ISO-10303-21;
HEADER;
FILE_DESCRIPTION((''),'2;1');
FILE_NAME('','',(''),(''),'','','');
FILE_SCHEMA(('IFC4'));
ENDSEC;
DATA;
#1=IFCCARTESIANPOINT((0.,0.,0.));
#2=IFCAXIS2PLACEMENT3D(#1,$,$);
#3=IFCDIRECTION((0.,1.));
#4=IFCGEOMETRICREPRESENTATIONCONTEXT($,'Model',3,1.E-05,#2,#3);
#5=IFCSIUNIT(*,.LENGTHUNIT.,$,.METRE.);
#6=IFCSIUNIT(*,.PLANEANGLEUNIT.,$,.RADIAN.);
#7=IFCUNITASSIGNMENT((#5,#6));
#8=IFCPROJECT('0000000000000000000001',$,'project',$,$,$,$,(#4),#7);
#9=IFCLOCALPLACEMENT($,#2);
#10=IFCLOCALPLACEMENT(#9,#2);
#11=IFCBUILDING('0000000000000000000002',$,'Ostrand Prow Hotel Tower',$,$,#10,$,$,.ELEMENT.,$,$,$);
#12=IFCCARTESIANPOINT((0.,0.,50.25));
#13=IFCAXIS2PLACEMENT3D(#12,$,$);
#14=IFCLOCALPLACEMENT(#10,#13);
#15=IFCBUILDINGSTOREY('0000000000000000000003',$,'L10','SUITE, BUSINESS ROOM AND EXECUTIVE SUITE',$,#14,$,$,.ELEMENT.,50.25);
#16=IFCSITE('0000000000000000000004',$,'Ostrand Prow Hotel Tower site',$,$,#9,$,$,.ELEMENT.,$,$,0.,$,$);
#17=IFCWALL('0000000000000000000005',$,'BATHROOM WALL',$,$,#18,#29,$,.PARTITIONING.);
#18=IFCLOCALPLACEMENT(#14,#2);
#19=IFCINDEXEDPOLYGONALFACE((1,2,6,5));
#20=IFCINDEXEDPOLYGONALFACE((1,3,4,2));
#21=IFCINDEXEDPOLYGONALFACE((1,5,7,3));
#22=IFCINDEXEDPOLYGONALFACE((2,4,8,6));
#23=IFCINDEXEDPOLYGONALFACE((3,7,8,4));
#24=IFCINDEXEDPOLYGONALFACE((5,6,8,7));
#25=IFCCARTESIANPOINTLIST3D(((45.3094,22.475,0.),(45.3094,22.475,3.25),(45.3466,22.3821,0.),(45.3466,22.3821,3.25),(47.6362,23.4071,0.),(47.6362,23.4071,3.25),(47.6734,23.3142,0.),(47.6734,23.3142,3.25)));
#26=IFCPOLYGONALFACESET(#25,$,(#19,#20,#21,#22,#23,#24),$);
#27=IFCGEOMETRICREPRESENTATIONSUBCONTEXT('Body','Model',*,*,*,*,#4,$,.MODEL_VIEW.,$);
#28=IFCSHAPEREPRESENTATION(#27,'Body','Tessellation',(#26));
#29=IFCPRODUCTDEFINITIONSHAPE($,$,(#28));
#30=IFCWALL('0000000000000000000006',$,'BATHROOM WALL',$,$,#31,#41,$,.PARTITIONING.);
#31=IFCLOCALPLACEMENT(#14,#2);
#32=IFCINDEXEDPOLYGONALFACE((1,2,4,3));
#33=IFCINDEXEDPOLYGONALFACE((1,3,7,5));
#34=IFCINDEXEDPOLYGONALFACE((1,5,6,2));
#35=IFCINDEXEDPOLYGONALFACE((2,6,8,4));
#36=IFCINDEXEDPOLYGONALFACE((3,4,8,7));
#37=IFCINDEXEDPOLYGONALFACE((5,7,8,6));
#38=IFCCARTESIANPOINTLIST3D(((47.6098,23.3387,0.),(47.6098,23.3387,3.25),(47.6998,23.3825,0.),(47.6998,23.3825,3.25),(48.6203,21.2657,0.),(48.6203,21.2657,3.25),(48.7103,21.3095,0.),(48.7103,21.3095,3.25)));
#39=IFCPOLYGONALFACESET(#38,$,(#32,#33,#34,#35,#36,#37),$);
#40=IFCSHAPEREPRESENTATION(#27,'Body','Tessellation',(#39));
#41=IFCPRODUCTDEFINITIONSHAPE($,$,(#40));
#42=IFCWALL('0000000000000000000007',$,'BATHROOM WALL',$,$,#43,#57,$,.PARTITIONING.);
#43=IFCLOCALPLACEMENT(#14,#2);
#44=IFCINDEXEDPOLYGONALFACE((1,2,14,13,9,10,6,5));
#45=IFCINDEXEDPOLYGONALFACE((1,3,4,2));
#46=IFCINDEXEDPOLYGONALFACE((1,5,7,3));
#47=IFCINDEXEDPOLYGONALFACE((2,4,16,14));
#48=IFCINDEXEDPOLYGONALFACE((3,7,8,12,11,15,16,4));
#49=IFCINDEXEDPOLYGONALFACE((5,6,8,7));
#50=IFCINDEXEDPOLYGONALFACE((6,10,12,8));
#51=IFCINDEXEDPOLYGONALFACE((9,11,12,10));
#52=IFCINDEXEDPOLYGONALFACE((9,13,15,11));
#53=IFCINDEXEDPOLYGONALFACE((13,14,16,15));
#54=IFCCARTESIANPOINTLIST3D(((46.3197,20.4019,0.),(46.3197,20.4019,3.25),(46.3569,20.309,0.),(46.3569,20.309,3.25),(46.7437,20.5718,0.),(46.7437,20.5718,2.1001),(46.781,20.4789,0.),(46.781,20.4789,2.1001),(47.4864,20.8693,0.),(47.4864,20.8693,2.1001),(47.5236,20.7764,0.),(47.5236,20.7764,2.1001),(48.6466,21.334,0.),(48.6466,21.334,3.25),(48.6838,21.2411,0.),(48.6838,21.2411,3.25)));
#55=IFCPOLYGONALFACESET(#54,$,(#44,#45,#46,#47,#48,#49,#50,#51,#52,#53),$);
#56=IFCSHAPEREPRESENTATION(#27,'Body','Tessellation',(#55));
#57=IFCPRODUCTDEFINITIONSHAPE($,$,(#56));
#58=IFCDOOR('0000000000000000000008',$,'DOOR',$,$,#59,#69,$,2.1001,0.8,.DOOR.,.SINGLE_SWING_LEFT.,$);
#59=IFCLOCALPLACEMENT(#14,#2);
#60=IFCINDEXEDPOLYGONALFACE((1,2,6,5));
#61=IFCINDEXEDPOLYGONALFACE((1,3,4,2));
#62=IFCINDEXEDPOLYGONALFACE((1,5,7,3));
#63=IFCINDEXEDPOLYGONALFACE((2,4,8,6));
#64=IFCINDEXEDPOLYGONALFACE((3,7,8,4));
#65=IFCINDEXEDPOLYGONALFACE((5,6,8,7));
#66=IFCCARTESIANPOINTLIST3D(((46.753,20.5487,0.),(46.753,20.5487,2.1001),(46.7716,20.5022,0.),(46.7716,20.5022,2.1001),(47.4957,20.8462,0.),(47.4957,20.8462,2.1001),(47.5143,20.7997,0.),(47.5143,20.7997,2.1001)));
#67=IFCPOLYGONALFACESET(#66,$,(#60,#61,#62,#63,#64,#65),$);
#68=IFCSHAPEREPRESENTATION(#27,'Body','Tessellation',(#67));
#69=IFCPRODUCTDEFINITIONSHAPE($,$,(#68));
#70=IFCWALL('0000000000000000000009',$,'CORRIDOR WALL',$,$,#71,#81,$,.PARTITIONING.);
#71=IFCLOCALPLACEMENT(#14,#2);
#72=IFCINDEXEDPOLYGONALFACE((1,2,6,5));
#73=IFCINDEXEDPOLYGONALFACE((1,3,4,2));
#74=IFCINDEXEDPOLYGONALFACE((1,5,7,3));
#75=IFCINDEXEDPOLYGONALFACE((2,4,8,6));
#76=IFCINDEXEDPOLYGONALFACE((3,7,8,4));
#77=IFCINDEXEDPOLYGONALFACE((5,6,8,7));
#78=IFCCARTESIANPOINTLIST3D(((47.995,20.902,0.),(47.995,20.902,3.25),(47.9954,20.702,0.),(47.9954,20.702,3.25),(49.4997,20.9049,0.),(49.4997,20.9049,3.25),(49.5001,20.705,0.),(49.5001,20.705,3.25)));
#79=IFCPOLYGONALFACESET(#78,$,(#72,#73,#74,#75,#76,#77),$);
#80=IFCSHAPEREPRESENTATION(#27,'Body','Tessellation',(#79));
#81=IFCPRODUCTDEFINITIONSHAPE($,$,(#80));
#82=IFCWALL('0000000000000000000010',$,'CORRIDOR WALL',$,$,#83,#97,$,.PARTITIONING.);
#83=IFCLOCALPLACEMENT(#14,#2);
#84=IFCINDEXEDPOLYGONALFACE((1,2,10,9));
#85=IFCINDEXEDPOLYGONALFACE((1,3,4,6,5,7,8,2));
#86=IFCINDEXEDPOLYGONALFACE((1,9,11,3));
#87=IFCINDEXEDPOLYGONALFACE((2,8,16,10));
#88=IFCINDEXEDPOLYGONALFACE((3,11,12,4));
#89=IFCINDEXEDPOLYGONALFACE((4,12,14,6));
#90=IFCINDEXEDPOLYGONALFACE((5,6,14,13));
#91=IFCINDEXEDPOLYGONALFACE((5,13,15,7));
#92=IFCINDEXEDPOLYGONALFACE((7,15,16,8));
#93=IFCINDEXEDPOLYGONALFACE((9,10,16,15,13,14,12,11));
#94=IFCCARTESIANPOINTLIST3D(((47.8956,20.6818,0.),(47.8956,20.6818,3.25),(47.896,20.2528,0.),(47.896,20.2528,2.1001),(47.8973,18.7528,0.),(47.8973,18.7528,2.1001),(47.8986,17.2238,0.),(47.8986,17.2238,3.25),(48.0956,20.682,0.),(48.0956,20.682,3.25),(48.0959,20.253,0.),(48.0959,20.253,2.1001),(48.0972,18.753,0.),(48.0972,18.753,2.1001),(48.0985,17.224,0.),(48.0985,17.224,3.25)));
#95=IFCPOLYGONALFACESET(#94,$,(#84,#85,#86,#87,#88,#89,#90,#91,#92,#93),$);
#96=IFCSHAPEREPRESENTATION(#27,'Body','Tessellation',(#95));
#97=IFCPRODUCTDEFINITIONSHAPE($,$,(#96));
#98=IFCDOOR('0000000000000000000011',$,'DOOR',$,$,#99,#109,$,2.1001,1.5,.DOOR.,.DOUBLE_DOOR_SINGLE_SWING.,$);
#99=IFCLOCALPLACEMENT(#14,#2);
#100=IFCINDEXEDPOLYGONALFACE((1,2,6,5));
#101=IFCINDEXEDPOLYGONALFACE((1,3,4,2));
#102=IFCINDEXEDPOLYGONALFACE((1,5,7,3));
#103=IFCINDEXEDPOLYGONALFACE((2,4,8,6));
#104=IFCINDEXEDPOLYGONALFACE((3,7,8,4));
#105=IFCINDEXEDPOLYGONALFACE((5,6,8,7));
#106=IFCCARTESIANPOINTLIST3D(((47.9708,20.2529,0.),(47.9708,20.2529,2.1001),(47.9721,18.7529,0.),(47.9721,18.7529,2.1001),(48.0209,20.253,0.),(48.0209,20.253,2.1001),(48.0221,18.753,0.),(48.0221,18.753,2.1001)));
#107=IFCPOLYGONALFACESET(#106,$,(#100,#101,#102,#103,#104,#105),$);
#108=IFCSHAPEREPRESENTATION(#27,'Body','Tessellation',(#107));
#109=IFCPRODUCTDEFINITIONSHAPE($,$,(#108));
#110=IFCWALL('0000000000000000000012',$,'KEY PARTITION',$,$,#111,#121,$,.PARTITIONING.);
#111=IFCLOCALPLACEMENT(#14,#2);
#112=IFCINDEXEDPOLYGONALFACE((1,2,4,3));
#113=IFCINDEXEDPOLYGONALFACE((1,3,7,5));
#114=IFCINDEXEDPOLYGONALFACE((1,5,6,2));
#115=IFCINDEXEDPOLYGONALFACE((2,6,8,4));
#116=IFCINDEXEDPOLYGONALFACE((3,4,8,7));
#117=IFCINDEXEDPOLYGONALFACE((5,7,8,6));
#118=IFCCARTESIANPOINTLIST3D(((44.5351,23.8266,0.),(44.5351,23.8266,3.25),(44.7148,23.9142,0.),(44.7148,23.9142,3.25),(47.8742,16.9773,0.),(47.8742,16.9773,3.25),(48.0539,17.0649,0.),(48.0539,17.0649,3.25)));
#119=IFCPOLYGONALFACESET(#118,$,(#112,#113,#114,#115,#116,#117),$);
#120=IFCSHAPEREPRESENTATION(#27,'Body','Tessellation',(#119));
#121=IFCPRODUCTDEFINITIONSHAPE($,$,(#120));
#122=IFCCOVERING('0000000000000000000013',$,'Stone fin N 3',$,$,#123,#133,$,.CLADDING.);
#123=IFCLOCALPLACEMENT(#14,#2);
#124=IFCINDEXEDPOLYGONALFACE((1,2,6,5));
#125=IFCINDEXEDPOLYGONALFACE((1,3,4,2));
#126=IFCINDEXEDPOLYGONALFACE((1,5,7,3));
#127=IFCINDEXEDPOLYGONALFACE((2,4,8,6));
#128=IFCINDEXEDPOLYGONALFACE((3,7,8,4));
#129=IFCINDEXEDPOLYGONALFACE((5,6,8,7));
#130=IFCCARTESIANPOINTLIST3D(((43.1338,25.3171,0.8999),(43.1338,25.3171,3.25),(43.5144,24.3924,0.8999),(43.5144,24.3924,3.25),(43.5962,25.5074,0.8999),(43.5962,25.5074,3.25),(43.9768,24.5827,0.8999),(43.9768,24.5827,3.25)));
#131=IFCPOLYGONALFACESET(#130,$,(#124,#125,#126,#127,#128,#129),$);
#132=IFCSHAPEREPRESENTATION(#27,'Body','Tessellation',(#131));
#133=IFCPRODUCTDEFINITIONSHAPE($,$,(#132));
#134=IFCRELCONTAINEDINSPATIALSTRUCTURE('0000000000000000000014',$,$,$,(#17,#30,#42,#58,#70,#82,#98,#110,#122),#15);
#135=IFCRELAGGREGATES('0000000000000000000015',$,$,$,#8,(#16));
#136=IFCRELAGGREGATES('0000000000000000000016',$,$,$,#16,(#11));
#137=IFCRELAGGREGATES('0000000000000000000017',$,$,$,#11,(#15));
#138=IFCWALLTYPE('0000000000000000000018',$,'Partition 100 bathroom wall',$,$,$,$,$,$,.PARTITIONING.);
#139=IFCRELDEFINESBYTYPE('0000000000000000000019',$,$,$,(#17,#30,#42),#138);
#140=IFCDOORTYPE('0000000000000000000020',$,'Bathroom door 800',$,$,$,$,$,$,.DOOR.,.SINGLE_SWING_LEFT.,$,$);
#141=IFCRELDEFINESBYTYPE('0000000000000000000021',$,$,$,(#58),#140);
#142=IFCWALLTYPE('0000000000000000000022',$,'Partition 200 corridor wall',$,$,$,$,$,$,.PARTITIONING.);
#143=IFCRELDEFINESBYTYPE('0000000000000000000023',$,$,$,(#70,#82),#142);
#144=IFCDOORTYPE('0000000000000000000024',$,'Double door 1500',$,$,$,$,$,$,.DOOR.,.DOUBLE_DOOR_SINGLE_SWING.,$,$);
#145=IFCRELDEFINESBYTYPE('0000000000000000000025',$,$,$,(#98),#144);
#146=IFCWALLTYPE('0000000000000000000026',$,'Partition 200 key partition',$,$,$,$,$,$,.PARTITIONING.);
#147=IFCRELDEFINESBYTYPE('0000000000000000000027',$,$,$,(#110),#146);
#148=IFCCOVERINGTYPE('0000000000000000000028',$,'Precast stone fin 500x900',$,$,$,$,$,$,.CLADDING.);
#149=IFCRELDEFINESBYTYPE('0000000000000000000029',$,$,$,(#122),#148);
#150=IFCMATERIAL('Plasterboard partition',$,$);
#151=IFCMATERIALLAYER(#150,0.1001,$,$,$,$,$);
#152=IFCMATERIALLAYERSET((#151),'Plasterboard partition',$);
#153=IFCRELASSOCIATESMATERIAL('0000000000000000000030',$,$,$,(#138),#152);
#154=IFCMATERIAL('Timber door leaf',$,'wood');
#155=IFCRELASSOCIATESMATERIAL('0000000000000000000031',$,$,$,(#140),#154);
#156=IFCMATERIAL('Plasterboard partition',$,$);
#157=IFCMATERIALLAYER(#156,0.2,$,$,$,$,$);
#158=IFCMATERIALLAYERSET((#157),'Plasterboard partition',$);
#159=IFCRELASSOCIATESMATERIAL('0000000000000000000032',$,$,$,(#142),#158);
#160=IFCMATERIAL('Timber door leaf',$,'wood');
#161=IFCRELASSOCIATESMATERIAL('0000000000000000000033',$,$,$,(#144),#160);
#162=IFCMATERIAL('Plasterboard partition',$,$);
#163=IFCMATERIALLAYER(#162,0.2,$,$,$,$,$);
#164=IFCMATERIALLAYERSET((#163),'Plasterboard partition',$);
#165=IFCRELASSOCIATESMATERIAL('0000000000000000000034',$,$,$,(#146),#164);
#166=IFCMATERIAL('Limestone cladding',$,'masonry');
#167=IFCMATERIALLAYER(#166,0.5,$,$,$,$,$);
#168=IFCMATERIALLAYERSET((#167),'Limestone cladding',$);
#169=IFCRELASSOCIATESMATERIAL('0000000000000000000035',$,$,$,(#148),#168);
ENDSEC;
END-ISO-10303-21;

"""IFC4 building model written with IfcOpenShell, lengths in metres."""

from ifc_helpers import new_model, si_unit, direction, frame, frame_2d, origin, place, context, subcontext, project, spatial, rectangle, extrude, material, layer, layer_set, type_object, element, fill, save


model = new_model("IFC4")

# Units and contexts
model_context = context("Model", 3, precision=1e-05, world=origin(), true_north=direction((0.0, 1.0)))
body_context = subcontext(model_context, "Body", "Model", "MODEL_VIEW")
ifc_project = project(units=[si_unit("LENGTHUNIT", "METRE"), si_unit("PLANEANGLEUNIT", "RADIAN")], contexts=[model_context])

# Site, building, storey
site_placement = place(None, origin())
site = spatial("IfcSite", under=ifc_project, at=site_placement, Name="Ostrand Prow Hotel Tower site", CompositionType="ELEMENT", RefElevation=0.0)
building_placement = place(site_placement, origin())
building = spatial("IfcBuilding", under=site, at=building_placement, Name="Ostrand Prow Hotel Tower", CompositionType="ELEMENT")
storey_placement = place(building_placement, frame((0.0, 0.0, 50.25)))
storey = spatial("IfcBuildingStorey", under=building, at=storey_placement, Name="L10", Description="SUITE, BUSINESS ROOM AND EXECUTIVE SUITE", CompositionType="ELEMENT", Elevation=50.25)

# Walls
ifc_material_1 = material(Name="Plasterboard partition")
ifc_layer_1 = layer(ifc_material_1, 0.1001)
ifc_layer_set_1 = layer_set([ifc_layer_1], Name="Plasterboard partition")
wall_type_1 = type_object("IfcWallType", Name="Partition 100 bathroom wall", PredefinedType="PARTITIONING", material=ifc_layer_set_1)
wall_1_placement = place(storey_placement, frame((45.3279, 22.4285, 0.0), z_axis=(0.0, 0.0, 1.0), x_axis=(0.928288, 0.371861, 0.0)))
element("IfcWall", 1, at=wall_1_placement, inside=storey, type_object=wall_type_1, Name="BATHROOM WALL", PredefinedType="PARTITIONING", context=body_context, shape_type="SweptSolid", body=[
    extrude(rectangle(XDim=2.5066, YDim=0.1001, at=frame_2d((1.2534, 0.0))), origin(), (0.0, 0.0, 1.0), 3.25),
])
wall_2_placement = place(storey_placement, frame((47.6548, 23.3606, 0.0), z_axis=(0.0, 0.0, 1.0), x_axis=(0.438171, -0.898892, 0.0)))
element("IfcWall", 2, at=wall_2_placement, inside=storey, type_object=wall_type_1, Name="BATHROOM WALL", PredefinedType="PARTITIONING", context=body_context, shape_type="SweptSolid", body=[
    extrude(rectangle(XDim=2.3062, YDim=0.1001, at=frame_2d((1.1531, 0.0))), origin(), (0.0, 0.0, 1.0), 3.25),
])

# Wall, opening, door
wall_3_placement = place(storey_placement, frame((48.6653, 21.2876, 0.0), z_axis=(0.0, 0.0, 1.0), x_axis=(-0.928288, -0.371861, 0.0)))
wall_3 = element("IfcWall", 3, at=wall_3_placement, inside=storey, type_object=wall_type_1, Name="BATHROOM WALL", PredefinedType="PARTITIONING", context=body_context, shape_type="SweptSolid", body=[
    extrude(rectangle(XDim=2.5066, YDim=0.1001, at=frame_2d((1.2534, 0.0))), origin(), (0.0, 0.0, 1.0), 3.25),
])
opening_1_placement = place(wall_3_placement, frame((1.25, 0.0, 0.0)))
opening_1 = element("IfcOpeningElement", 4, at=opening_1_placement, cuts=wall_3, PredefinedType="OPENING", context=body_context, shape_type="SweptSolid", body=[
    extrude(rectangle(XDim=0.8, YDim=2.1001, at=frame_2d((0.3999, 1.05))), frame((0.0, 0.0601, 0.0), z_axis=(0.0, -1.0, 0.0), x_axis=(1.0, 0.0, 0.0)), (0.0, 0.0, 1.0), 0.1201),
])
ifc_material_2 = material(Name="Timber door leaf", Category="wood")
door_type_1 = type_object("IfcDoorType", Name="Bathroom door 800", OperationType="SINGLE_SWING_LEFT", PredefinedType="DOOR", material=ifc_material_2)
door_1_placement = place(opening_1_placement, origin())
door_1 = element("IfcDoor", 5, at=door_1_placement, inside=storey, type_object=door_type_1, Name="DOOR", OperationType="SINGLE_SWING_LEFT", OverallHeight=2.1001, OverallWidth=0.8, PredefinedType="DOOR", context=body_context, shape_type="SweptSolid", body=[
    extrude(rectangle(XDim=0.8, YDim=2.1001, at=frame_2d((0.3999, 1.05))), frame((0.0, 0.0249, 0.0), z_axis=(0.0, -1.0, 0.0), x_axis=(1.0, 0.0, 0.0)), (0.0, 0.0, 1.0), 0.05),
])
fill(opening_1, door_1)

# Wall
ifc_material_3 = material(Name="Plasterboard partition")
ifc_layer_2 = layer(ifc_material_3, 0.2)
ifc_layer_set_2 = layer_set([ifc_layer_2], Name="Plasterboard partition")
wall_type_2 = type_object("IfcWallType", Name="Partition 200 corridor wall", PredefinedType="PARTITIONING", material=ifc_layer_set_2)
wall_4_placement = place(storey_placement, frame((49.5, 20.8049, 0.0), z_axis=(0.0, 0.0, 1.0), x_axis=(-0.999998, -0.001947, 0.0)))
element("IfcWall", 6, at=wall_4_placement, inside=storey, type_object=wall_type_2, Name="CORRIDOR WALL", PredefinedType="PARTITIONING", context=body_context, shape_type="SweptSolid", body=[
    extrude(rectangle(XDim=1.5046, YDim=0.2, at=frame_2d((0.7524, 0.0))), origin(), (0.0, 0.0, 1.0), 3.25),
])

# Wall, opening, door
wall_5_placement = place(storey_placement, frame((47.9956, 20.6819, 0.0), z_axis=(0.0, 0.0, 1.0), x_axis=(0.000847, -1.0, 0.0)))
wall_5 = element("IfcWall", 7, at=wall_5_placement, inside=storey, type_object=wall_type_2, Name="CORRIDOR WALL", PredefinedType="PARTITIONING", context=body_context, shape_type="SweptSolid", body=[
    extrude(rectangle(XDim=3.458, YDim=0.2, at=frame_2d((1.729, 0.0))), origin(), (0.0, 0.0, 1.0), 3.25),
])
opening_2_placement = place(wall_5_placement, frame((0.429, 0.0, 0.0)))
opening_2 = element("IfcOpeningElement", 8, at=opening_2_placement, cuts=wall_5, PredefinedType="OPENING", context=body_context, shape_type="SweptSolid", body=[
    extrude(rectangle(XDim=1.5, YDim=2.1001, at=frame_2d((0.75, 1.05))), frame((0.0, 0.1099, 0.0), z_axis=(0.0, -1.0, 0.0), x_axis=(1.0, 0.0, 0.0)), (0.0, 0.0, 1.0), 0.22),
])
ifc_material_4 = material(Name="Timber door leaf", Category="wood")
door_type_2 = type_object("IfcDoorType", Name="Double door 1500", OperationType="DOUBLE_DOOR_SINGLE_SWING", PredefinedType="DOOR", material=ifc_material_4)
door_2_placement = place(opening_2_placement, origin())
door_2 = element("IfcDoor", 9, at=door_2_placement, inside=storey, type_object=door_type_2, Name="DOOR", OperationType="DOUBLE_DOOR_SINGLE_SWING", OverallHeight=2.1001, OverallWidth=1.5, PredefinedType="DOOR", context=body_context, shape_type="SweptSolid", body=[
    extrude(rectangle(XDim=1.5, YDim=2.1001, at=frame_2d((0.75, 1.05))), frame((0.0, 0.0249, 0.0), z_axis=(0.0, -1.0, 0.0), x_axis=(1.0, 0.0, 0.0)), (0.0, 0.0, 1.0), 0.05),
])
fill(opening_2, door_2)

# Wall
ifc_material_5 = material(Name="Plasterboard partition")
ifc_layer_3 = layer(ifc_material_5, 0.2)
ifc_layer_set_3 = layer_set([ifc_layer_3], Name="Plasterboard partition")
wall_type_3 = type_object("IfcWallType", Name="Partition 200 key partition", PredefinedType="PARTITIONING", material=ifc_layer_set_3)
wall_6_placement = place(storey_placement, frame((47.9641, 17.021, 0.0), z_axis=(0.0, 0.0, 1.0), x_axis=(-0.438207, 0.898874, 0.0)))
element("IfcWall", 10, at=wall_6_placement, inside=storey, type_object=wall_type_3, Name="KEY PARTITION", PredefinedType="PARTITIONING", context=body_context, shape_type="SweptSolid", body=[
    extrude(rectangle(XDim=7.6199, YDim=0.2, at=frame_2d((3.8101, 0.0))), origin(), (0.0, 0.0, 1.0), 3.25),
])

# Covering
ifc_material_6 = material(Name="Limestone cladding", Category="masonry")
ifc_layer_4 = layer(ifc_material_6, 0.5)
ifc_layer_set_4 = layer_set([ifc_layer_4], Name="Limestone cladding")
covering_type = type_object("IfcCoveringType", Name="Precast stone fin 500x900", PredefinedType="CLADDING", material=ifc_layer_set_4)
covering_placement = place(storey_placement, frame((43.7456, 24.4875, 0.8999), z_axis=(0.0, 0.0, 1.0), x_axis=(-0.38059, 0.924744, 0.0)))
element("IfcCovering", 11, at=covering_placement, inside=storey, type_object=covering_type, Name="Stone fin N 3", PredefinedType="CLADDING", context=body_context, shape_type="SweptSolid", body=[
    extrude(rectangle(XDim=1.0, YDim=0.5, at=frame_2d((0.5, 0.0))), origin(), (0.0, 0.0, 1.0), 2.3501),
])

save(model, "model.ifc")
